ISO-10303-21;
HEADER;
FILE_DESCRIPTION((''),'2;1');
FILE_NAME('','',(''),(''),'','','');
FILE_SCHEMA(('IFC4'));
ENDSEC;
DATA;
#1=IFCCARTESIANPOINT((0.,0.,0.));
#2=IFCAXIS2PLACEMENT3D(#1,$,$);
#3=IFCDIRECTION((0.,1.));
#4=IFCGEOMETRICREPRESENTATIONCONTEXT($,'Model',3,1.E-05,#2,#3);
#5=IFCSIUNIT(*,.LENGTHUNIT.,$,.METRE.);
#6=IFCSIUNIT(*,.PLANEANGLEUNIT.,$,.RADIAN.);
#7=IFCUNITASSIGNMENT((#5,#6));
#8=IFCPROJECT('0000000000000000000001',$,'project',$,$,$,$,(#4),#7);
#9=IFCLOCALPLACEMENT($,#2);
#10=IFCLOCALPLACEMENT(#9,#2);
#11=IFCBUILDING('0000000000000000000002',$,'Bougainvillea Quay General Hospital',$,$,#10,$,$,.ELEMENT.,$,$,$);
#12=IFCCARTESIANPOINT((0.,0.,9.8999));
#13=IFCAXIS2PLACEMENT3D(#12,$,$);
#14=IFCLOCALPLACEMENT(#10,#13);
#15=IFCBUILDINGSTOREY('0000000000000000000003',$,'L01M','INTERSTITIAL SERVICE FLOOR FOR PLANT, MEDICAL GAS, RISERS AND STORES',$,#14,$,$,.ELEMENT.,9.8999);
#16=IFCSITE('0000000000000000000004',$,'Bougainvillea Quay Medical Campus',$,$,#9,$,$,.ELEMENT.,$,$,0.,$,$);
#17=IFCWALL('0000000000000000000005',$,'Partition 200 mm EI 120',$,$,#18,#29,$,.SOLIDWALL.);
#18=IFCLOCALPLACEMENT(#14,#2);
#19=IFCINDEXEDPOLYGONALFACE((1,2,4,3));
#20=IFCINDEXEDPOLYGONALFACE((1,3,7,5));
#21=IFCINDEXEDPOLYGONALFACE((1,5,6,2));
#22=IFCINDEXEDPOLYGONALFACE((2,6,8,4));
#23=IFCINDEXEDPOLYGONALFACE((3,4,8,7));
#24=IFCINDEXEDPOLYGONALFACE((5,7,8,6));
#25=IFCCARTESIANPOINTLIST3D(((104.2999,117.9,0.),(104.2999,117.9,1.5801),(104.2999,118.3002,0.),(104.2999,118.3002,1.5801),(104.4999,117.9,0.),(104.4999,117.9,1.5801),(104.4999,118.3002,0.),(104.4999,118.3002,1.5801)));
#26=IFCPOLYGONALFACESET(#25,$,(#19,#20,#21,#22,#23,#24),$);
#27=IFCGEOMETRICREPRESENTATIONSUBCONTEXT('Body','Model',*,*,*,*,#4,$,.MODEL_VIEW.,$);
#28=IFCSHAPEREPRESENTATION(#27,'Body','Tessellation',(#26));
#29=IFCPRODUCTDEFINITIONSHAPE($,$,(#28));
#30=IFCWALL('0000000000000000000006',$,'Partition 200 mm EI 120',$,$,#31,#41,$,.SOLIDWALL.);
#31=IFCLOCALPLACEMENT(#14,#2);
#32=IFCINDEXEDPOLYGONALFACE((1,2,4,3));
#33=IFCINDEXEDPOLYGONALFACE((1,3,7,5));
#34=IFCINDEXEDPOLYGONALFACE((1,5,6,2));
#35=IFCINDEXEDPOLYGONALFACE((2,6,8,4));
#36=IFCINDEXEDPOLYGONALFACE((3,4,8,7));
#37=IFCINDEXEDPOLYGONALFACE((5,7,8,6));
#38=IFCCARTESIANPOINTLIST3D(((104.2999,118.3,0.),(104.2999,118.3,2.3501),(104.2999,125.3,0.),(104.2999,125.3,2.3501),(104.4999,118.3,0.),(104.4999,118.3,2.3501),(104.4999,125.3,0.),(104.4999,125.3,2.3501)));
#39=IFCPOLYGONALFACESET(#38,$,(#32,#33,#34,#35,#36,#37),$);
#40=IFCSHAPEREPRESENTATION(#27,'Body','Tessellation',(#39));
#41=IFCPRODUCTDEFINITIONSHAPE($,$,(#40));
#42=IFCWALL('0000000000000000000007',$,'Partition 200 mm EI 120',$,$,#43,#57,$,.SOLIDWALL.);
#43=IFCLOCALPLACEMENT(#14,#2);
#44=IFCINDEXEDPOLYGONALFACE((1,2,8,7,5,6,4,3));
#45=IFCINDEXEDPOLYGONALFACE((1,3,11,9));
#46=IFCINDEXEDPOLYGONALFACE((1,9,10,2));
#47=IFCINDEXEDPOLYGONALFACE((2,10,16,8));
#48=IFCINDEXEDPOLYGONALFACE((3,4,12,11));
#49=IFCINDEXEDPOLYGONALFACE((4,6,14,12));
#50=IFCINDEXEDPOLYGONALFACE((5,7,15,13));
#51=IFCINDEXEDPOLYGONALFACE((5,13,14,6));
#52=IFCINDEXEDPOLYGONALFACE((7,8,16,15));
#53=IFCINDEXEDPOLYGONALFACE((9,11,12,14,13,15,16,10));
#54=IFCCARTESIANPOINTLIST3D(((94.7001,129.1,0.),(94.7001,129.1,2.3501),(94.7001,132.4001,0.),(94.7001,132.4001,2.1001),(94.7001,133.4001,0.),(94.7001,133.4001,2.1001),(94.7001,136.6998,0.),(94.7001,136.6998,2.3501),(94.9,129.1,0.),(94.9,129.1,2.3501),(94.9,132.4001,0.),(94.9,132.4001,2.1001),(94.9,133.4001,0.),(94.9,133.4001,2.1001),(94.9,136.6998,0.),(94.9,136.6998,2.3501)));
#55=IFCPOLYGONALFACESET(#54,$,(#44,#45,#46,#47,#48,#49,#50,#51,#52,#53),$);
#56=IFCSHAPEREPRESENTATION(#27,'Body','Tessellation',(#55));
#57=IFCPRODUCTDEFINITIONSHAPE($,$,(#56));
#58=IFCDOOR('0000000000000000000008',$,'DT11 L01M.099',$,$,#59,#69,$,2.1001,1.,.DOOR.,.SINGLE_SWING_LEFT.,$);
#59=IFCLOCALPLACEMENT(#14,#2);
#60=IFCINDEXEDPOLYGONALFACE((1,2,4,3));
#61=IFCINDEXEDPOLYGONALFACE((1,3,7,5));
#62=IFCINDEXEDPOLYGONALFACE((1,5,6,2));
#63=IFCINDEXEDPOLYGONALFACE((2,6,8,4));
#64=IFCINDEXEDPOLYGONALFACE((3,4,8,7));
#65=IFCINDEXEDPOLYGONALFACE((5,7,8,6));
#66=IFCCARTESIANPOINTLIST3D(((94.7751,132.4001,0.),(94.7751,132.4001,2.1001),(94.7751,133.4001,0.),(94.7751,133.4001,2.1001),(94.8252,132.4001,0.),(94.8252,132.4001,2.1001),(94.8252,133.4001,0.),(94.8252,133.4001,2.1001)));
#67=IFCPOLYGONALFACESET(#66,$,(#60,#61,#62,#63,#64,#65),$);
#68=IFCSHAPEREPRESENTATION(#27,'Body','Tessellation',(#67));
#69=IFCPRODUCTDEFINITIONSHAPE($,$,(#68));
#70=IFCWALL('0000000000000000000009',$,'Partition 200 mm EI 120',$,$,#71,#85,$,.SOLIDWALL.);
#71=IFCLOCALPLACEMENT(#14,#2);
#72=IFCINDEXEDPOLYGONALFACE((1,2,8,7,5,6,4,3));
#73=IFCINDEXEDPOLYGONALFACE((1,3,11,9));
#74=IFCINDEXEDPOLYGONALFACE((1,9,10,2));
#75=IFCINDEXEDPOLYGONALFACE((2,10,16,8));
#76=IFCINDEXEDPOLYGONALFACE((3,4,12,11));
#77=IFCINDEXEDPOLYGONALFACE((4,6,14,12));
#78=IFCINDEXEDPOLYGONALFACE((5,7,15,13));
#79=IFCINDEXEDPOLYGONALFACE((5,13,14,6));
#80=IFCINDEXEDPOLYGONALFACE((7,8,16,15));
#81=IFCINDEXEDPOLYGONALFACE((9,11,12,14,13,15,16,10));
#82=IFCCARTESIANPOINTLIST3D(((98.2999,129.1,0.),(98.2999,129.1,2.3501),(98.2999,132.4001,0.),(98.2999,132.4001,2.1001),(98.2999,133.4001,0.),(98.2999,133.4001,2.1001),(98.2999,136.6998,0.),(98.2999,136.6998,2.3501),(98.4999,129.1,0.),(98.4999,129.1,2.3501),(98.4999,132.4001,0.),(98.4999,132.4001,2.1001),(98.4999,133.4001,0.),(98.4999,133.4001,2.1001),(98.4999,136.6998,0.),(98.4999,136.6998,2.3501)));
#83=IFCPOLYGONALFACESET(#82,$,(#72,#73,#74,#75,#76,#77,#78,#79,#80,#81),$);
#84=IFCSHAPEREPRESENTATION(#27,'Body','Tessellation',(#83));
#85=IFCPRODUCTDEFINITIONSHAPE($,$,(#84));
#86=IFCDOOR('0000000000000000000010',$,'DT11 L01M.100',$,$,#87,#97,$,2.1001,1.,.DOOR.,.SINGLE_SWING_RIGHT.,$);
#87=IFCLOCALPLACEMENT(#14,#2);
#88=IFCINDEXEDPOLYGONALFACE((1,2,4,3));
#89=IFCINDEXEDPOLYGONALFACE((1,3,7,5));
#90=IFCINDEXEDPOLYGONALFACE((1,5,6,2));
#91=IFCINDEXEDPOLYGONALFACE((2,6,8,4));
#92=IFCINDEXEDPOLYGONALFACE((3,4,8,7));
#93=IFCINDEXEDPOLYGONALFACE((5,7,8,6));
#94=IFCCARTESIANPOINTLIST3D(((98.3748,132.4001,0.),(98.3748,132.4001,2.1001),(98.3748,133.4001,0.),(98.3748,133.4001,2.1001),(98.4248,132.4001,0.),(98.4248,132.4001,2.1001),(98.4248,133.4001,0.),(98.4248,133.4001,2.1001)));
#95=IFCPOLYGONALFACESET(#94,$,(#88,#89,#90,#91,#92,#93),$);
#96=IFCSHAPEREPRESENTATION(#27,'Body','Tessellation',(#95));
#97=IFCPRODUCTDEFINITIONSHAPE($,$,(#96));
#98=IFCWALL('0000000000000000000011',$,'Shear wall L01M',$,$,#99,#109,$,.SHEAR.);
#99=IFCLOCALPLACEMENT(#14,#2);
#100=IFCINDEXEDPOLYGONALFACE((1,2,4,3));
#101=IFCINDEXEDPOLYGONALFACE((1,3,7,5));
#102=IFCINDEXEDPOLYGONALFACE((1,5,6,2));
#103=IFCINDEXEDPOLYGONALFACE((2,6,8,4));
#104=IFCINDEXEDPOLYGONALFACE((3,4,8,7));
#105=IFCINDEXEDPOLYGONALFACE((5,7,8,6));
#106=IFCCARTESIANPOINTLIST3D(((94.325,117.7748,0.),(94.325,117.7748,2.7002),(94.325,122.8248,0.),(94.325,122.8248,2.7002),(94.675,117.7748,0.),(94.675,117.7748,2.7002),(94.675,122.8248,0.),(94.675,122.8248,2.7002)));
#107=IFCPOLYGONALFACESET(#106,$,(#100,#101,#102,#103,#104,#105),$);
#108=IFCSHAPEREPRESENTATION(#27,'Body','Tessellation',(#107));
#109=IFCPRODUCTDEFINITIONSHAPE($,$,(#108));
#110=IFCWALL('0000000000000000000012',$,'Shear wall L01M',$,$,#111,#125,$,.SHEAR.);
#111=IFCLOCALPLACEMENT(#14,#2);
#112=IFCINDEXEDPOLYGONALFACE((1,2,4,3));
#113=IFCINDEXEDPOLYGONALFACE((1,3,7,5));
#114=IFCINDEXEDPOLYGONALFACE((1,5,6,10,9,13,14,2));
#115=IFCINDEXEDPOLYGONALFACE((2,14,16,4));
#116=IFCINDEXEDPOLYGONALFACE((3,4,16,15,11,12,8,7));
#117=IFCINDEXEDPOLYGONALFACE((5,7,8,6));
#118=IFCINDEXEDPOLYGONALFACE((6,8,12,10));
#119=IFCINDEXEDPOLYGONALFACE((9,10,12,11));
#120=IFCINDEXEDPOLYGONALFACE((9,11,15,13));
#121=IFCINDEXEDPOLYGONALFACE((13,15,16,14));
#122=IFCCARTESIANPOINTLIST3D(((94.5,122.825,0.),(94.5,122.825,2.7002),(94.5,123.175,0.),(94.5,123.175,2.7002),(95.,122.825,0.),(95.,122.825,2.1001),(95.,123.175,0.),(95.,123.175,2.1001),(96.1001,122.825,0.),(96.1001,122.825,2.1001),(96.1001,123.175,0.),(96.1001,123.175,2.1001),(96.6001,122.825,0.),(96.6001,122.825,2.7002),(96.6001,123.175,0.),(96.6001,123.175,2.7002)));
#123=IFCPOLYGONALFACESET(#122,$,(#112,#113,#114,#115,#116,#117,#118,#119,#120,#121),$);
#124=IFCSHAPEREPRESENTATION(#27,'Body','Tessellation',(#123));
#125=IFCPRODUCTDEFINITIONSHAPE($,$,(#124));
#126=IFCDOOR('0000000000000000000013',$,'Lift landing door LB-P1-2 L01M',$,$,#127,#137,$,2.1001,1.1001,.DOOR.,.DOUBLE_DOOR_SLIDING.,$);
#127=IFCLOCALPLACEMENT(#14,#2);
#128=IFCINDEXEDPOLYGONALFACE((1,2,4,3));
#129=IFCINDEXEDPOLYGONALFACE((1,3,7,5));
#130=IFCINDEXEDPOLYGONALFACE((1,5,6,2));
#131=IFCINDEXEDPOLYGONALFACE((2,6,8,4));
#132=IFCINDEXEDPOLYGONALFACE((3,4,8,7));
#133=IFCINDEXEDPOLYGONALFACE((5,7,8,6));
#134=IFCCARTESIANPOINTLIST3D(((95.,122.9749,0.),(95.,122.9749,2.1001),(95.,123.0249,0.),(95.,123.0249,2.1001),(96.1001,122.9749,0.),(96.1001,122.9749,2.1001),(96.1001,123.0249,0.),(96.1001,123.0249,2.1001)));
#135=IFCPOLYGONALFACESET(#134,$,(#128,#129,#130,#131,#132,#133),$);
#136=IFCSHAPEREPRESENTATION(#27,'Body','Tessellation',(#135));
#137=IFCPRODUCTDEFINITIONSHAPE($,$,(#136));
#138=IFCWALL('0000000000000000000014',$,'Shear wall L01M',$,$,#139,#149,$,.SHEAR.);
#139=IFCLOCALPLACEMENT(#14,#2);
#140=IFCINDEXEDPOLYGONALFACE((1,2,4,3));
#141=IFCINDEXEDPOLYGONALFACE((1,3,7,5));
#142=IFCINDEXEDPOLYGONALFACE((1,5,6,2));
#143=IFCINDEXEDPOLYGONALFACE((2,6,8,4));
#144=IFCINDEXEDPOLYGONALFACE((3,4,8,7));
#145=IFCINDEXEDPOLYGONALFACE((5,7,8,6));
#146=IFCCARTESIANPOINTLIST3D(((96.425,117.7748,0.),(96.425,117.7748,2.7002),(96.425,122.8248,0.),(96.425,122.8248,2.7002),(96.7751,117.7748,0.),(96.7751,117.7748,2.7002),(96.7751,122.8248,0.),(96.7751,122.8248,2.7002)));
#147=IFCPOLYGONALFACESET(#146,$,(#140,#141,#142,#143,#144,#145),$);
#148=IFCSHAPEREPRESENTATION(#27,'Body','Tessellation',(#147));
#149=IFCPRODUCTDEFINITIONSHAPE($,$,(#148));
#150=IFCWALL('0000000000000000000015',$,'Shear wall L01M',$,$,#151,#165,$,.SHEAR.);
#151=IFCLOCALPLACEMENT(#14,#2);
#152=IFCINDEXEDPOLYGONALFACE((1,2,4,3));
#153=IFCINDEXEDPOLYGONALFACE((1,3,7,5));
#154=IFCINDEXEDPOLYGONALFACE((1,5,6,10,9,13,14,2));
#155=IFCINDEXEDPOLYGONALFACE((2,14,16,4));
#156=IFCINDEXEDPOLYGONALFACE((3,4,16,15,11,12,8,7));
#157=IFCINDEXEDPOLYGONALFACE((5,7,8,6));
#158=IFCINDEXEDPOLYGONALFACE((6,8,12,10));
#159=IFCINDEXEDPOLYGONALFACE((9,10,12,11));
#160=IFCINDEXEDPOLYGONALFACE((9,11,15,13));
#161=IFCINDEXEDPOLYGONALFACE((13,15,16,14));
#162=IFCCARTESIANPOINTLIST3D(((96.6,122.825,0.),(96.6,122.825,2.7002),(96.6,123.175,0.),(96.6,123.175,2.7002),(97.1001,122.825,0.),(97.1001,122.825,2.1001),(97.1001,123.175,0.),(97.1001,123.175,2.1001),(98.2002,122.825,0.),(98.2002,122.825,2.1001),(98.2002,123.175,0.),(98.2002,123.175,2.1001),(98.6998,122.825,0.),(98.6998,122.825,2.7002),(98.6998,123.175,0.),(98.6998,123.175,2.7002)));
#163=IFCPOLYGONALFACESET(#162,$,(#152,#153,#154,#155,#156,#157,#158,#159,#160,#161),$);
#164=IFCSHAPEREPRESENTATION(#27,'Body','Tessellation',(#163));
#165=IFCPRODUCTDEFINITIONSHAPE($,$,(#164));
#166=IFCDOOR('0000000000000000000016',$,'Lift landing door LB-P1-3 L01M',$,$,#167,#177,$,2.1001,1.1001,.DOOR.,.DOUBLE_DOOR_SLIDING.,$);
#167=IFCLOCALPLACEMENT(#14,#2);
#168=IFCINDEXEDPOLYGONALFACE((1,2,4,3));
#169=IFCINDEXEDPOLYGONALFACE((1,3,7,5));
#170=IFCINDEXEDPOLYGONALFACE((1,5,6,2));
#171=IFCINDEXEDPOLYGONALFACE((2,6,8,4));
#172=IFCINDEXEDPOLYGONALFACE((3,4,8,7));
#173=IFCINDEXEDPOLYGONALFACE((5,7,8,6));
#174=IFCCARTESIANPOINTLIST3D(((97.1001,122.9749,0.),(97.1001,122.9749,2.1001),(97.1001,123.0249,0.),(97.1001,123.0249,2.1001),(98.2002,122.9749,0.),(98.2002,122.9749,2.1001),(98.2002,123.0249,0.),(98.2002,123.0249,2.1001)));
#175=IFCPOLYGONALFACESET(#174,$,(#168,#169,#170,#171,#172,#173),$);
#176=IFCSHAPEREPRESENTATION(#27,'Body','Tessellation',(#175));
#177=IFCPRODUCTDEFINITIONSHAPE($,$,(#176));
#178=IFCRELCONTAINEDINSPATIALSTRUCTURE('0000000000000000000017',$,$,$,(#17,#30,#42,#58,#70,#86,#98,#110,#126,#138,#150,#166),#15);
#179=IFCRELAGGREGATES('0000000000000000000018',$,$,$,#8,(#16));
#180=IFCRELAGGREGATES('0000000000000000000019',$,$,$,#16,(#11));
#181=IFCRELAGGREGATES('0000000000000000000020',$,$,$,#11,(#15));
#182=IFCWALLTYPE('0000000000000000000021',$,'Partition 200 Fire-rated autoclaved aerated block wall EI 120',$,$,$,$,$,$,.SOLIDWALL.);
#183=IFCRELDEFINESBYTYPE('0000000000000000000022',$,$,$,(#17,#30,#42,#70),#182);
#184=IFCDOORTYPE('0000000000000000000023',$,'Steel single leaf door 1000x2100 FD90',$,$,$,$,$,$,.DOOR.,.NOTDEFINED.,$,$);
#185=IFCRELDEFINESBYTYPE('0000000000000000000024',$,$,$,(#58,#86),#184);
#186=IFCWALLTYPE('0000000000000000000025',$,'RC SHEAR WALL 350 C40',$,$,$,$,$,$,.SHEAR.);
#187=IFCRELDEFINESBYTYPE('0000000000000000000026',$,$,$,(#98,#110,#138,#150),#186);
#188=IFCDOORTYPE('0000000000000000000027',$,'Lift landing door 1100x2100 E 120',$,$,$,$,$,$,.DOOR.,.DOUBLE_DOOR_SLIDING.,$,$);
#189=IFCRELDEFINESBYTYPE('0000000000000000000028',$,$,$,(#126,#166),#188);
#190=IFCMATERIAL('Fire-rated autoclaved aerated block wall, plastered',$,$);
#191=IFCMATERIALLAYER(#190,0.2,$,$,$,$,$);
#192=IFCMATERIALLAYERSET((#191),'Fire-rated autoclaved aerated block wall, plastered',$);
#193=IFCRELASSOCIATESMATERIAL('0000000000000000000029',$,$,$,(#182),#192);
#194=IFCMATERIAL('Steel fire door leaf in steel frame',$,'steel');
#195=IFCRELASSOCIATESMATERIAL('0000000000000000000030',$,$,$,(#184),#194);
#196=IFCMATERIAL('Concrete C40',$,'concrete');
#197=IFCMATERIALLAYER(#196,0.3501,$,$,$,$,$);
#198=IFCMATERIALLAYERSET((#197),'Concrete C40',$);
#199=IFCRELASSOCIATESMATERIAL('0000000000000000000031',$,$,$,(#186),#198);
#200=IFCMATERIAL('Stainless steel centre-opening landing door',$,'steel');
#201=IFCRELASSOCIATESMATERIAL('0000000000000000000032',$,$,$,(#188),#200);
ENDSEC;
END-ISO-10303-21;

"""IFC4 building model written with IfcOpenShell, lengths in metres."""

from ifc_helpers import new_model, si_unit, direction, frame, frame_2d, origin, place, context, subcontext, project, spatial, rectangle, extrude, material, layer, layer_set, type_object, element, fill, save


model = new_model("IFC4")

# Units and contexts
model_context = context("Model", 3, precision=1e-05, world=origin(), true_north=direction((0.0, 1.0)))
body_context = subcontext(model_context, "Body", "Model", "MODEL_VIEW")
ifc_project = project(units=[si_unit("LENGTHUNIT", "METRE"), si_unit("PLANEANGLEUNIT", "RADIAN")], contexts=[model_context])

# Site, building, storey
site_placement = place(None, origin())
site = spatial("IfcSite", under=ifc_project, at=site_placement, Name="Bougainvillea Quay Medical Campus", CompositionType="ELEMENT", RefElevation=0.0)
building_placement = place(site_placement, origin())
building = spatial("IfcBuilding", under=site, at=building_placement, Name="Bougainvillea Quay General Hospital", CompositionType="ELEMENT")
storey_placement = place(building_placement, frame((0.0, 0.0, 9.8999)))
storey = spatial("IfcBuildingStorey", under=building, at=storey_placement, Name="L01M", Description="INTERSTITIAL SERVICE FLOOR FOR PLANT, MEDICAL GAS, RISERS AND STORES", CompositionType="ELEMENT", Elevation=9.8999)

# Shared definitions
ifc_material_1 = material(Name="Concrete C40", Category="concrete")

# Shared definitions
ifc_material_2 = material(Name="Fire-rated autoclaved aerated block wall, plastered")
ifc_layer_1 = layer(ifc_material_2, 0.2)
ifc_layer_set_1 = layer_set([ifc_layer_1], Name="Fire-rated autoclaved aerated block wall, plastered")
wall_type_1 = type_object("IfcWallType", Name="Partition 200 Fire-rated autoclaved aerated block wall EI 120", PredefinedType="SOLIDWALL", material=ifc_layer_set_1)

# Walls
wall_1_placement = place(storey_placement, frame((104.3999, 117.8999, 0.0), z_axis=(0.0, 0.0, 1.0), x_axis=(0.0, 1.0, 0.0)))
element("IfcWall", 1, at=wall_1_placement, inside=storey, type_object=wall_type_1, Name="Partition 200 mm EI 120", PredefinedType="SOLIDWALL", context=body_context, shape_type="SweptSolid", body=[
    extrude(rectangle(XDim=0.4001, YDim=0.2, at=frame_2d((0.2002, 0.0))), origin(), (0.0, 0.0, 1.0), 1.5801),
])
wall_2_placement = place(storey_placement, frame((104.3999, 118.3, 0.0), z_axis=(0.0, 0.0, 1.0), x_axis=(0.0, 1.0, 0.0)))
element("IfcWall", 2, at=wall_2_placement, inside=storey, type_object=wall_type_1, Name="Partition 200 mm EI 120", PredefinedType="SOLIDWALL", context=body_context, shape_type="SweptSolid", body=[
    extrude(rectangle(XDim=7.0, YDim=0.2, at=frame_2d((3.5, 0.0))), origin(), (0.0, 0.0, 1.0), 2.3501),
])

# Walls, openings, doors
wall_3_placement = place(storey_placement, frame((94.8, 129.1001, 0.0), z_axis=(0.0, 0.0, 1.0), x_axis=(0.0, 1.0, 0.0)))
wall_3 = element("IfcWall", 3, at=wall_3_placement, inside=storey, type_object=wall_type_1, Name="Partition 200 mm EI 120", PredefinedType="SOLIDWALL", context=body_context, shape_type="SweptSolid", body=[
    extrude(rectangle(XDim=7.5999, YDim=0.2, at=frame_2d((3.7998, 0.0))), origin(), (0.0, 0.0, 1.0), 2.3501),
])
opening_1_placement = place(wall_3_placement, frame((3.3, 0.0, 0.0)))
opening_1 = element("IfcOpeningElement", 4, at=opening_1_placement, cuts=wall_3, PredefinedType="OPENING", context=body_context, shape_type="SweptSolid", body=[
    extrude(rectangle(XDim=1.0, YDim=2.1001, at=frame_2d((0.5, 1.05))), frame((0.0, 0.1099, 0.0), z_axis=(0.0, -1.0, 0.0), x_axis=(1.0, 0.0, 0.0)), (0.0, 0.0, 1.0), 0.22),
])
ifc_material_3 = material(Name="Steel fire door leaf in steel frame", Category="steel")
door_type_1 = type_object("IfcDoorType", Name="Steel single leaf door 1000x2100 FD90", OperationType="NOTDEFINED", PredefinedType="DOOR", material=ifc_material_3)
door_1_placement = place(opening_1_placement, origin())
door_1 = element("IfcDoor", 5, at=door_1_placement, inside=storey, type_object=door_type_1, Name="DT11 L01M.099", OperationType="SINGLE_SWING_LEFT", OverallHeight=2.1001, OverallWidth=1.0, PredefinedType="DOOR", context=body_context, shape_type="SweptSolid", body=[
    extrude(rectangle(XDim=1.0, YDim=2.1001, at=frame_2d((0.5, 1.05))), frame((0.0, 0.0249, 0.0), z_axis=(0.0, -1.0, 0.0), x_axis=(1.0, 0.0, 0.0)), (0.0, 0.0, 1.0), 0.05),
])
fill(opening_1, door_1)
wall_4_placement = place(storey_placement, frame((98.3999, 129.1001, 0.0), z_axis=(0.0, 0.0, 1.0), x_axis=(0.0, 1.0, 0.0)))
wall_4 = element("IfcWall", 6, at=wall_4_placement, inside=storey, type_object=wall_type_1, Name="Partition 200 mm EI 120", PredefinedType="SOLIDWALL", context=body_context, shape_type="SweptSolid", body=[
    extrude(rectangle(XDim=7.5999, YDim=0.2, at=frame_2d((3.7998, 0.0))), origin(), (0.0, 0.0, 1.0), 2.3501),
])
opening_2_placement = place(wall_4_placement, frame((3.3, 0.0, 0.0)))
opening_2 = element("IfcOpeningElement", 7, at=opening_2_placement, cuts=wall_4, PredefinedType="OPENING", context=body_context, shape_type="SweptSolid", body=[
    extrude(rectangle(XDim=1.0, YDim=2.1001, at=frame_2d((0.5, 1.05))), frame((0.0, 0.1099, 0.0), z_axis=(0.0, -1.0, 0.0), x_axis=(1.0, 0.0, 0.0)), (0.0, 0.0, 1.0), 0.22),
])
door_2_placement = place(opening_2_placement, frame((1.0, 0.0, 0.0), z_axis=(0.0, 0.0, 1.0), x_axis=(-1.0, 0.0, 0.0)))
door_2 = element("IfcDoor", 8, at=door_2_placement, inside=storey, type_object=door_type_1, Name="DT11 L01M.100", OperationType="SINGLE_SWING_RIGHT", OverallHeight=2.1001, OverallWidth=1.0, PredefinedType="DOOR", context=body_context, shape_type="SweptSolid", body=[
    extrude(rectangle(XDim=1.0, YDim=2.1001, at=frame_2d((0.5, 1.05))), frame((0.0, 0.0249, 0.0), z_axis=(0.0, -1.0, 0.0), x_axis=(1.0, 0.0, 0.0)), (0.0, 0.0, 1.0), 0.05),
])
fill(opening_2, door_2)

# Wall
ifc_layer_2 = layer(ifc_material_1, 0.3501)
ifc_layer_set_2 = layer_set([ifc_layer_2], Name="Concrete C40")
wall_type_2 = type_object("IfcWallType", Name="RC SHEAR WALL 350 C40", PredefinedType="SHEAR", material=ifc_layer_set_2)
wall_5_placement = place(storey_placement, frame((94.5, 117.7749, 0.0), z_axis=(0.0, 0.0, 1.0), x_axis=(0.0, 1.0, 0.0)))
element("IfcWall", 9, at=wall_5_placement, inside=storey, type_object=wall_type_2, Name="Shear wall L01M", PredefinedType="SHEAR", context=body_context, shape_type="SweptSolid", body=[
    extrude(rectangle(XDim=5.05, YDim=0.3501, at=frame_2d((2.5249, 0.0))), origin(), (0.0, 0.0, 1.0), 2.7002),
])

# Wall, opening, door
wall_6_placement = place(storey_placement, frame((94.5, 123.0, 0.0), z_axis=(0.0, 0.0, 1.0), x_axis=(1.0, 0.0, 0.0)))
wall_6 = element("IfcWall", 10, at=wall_6_placement, inside=storey, type_object=wall_type_2, Name="Shear wall L01M", PredefinedType="SHEAR", context=body_context, shape_type="SweptSolid", body=[
    extrude(rectangle(XDim=2.1001, YDim=0.3501, at=frame_2d((1.05, 0.0))), origin(), (0.0, 0.0, 1.0), 2.7002),
])
opening_3_placement = place(wall_6_placement, frame((0.5, 0.0, 0.0)))
opening_3 = element("IfcOpeningElement", 11, at=opening_3_placement, cuts=wall_6, PredefinedType="OPENING", context=body_context, shape_type="SweptSolid", body=[
    extrude(rectangle(XDim=1.1001, YDim=2.1001, at=frame_2d((0.55, 1.05))), frame((0.0, 0.1851, 0.0), z_axis=(0.0, -1.0, 0.0), x_axis=(1.0, 0.0, 0.0)), (0.0, 0.0, 1.0), 0.3701),
])
ifc_material_4 = material(Name="Stainless steel centre-opening landing door", Category="steel")
door_type_2 = type_object("IfcDoorType", Name="Lift landing door 1100x2100 E 120", OperationType="DOUBLE_DOOR_SLIDING", PredefinedType="DOOR", material=ifc_material_4)
door_3_placement = place(opening_3_placement, origin())
door_3 = element("IfcDoor", 12, at=door_3_placement, inside=storey, type_object=door_type_2, Name="Lift landing door LB-P1-2 L01M", OperationType="DOUBLE_DOOR_SLIDING", OverallHeight=2.1001, OverallWidth=1.1001, PredefinedType="DOOR", context=body_context, shape_type="SweptSolid", body=[
    extrude(rectangle(XDim=1.1001, YDim=2.1001, at=frame_2d((0.55, 1.05))), frame((0.0, 0.0249, 0.0), z_axis=(0.0, -1.0, 0.0), x_axis=(1.0, 0.0, 0.0)), (0.0, 0.0, 1.0), 0.05),
])
fill(opening_3, door_3)

# Wall
wall_7_placement = place(storey_placement, frame((96.6001, 117.7749, 0.0), z_axis=(0.0, 0.0, 1.0), x_axis=(0.0, 1.0, 0.0)))
element("IfcWall", 13, at=wall_7_placement, inside=storey, type_object=wall_type_2, Name="Shear wall L01M", PredefinedType="SHEAR", context=body_context, shape_type="SweptSolid", body=[
    extrude(rectangle(XDim=5.05, YDim=0.3501, at=frame_2d((2.5249, 0.0))), origin(), (0.0, 0.0, 1.0), 2.7002),
])

# Wall, opening, door
wall_8_placement = place(storey_placement, frame((96.6001, 123.0, 0.0), z_axis=(0.0, 0.0, 1.0), x_axis=(1.0, 0.0, 0.0)))
wall_8 = element("IfcWall", 14, at=wall_8_placement, inside=storey, type_object=wall_type_2, Name="Shear wall L01M", PredefinedType="SHEAR", context=body_context, shape_type="SweptSolid", body=[
    extrude(rectangle(XDim=2.0999, YDim=0.3501, at=frame_2d((1.0498, 0.0))), origin(), (0.0, 0.0, 1.0), 2.7002),
])
opening_4_placement = place(wall_8_placement, frame((0.5, 0.0, 0.0)))
opening_4 = element("IfcOpeningElement", 15, at=opening_4_placement, cuts=wall_8, PredefinedType="OPENING", context=body_context, shape_type="SweptSolid", body=[
    extrude(rectangle(XDim=1.1001, YDim=2.1001, at=frame_2d((0.55, 1.05))), frame((0.0, 0.1851, 0.0), z_axis=(0.0, -1.0, 0.0), x_axis=(1.0, 0.0, 0.0)), (0.0, 0.0, 1.0), 0.3701),
])
door_4_placement = place(opening_4_placement, origin())
door_4 = element("IfcDoor", 16, at=door_4_placement, inside=storey, type_object=door_type_2, Name="Lift landing door LB-P1-3 L01M", OperationType="DOUBLE_DOOR_SLIDING", OverallHeight=2.1001, OverallWidth=1.1001, PredefinedType="DOOR", context=body_context, shape_type="SweptSolid", body=[
    extrude(rectangle(XDim=1.1001, YDim=2.1001, at=frame_2d((0.55, 1.05))), frame((0.0, 0.0249, 0.0), z_axis=(0.0, -1.0, 0.0), x_axis=(1.0, 0.0, 0.0)), (0.0, 0.0, 1.0), 0.05),
])
fill(opening_4, door_4)

save(model, "model.ifc")
